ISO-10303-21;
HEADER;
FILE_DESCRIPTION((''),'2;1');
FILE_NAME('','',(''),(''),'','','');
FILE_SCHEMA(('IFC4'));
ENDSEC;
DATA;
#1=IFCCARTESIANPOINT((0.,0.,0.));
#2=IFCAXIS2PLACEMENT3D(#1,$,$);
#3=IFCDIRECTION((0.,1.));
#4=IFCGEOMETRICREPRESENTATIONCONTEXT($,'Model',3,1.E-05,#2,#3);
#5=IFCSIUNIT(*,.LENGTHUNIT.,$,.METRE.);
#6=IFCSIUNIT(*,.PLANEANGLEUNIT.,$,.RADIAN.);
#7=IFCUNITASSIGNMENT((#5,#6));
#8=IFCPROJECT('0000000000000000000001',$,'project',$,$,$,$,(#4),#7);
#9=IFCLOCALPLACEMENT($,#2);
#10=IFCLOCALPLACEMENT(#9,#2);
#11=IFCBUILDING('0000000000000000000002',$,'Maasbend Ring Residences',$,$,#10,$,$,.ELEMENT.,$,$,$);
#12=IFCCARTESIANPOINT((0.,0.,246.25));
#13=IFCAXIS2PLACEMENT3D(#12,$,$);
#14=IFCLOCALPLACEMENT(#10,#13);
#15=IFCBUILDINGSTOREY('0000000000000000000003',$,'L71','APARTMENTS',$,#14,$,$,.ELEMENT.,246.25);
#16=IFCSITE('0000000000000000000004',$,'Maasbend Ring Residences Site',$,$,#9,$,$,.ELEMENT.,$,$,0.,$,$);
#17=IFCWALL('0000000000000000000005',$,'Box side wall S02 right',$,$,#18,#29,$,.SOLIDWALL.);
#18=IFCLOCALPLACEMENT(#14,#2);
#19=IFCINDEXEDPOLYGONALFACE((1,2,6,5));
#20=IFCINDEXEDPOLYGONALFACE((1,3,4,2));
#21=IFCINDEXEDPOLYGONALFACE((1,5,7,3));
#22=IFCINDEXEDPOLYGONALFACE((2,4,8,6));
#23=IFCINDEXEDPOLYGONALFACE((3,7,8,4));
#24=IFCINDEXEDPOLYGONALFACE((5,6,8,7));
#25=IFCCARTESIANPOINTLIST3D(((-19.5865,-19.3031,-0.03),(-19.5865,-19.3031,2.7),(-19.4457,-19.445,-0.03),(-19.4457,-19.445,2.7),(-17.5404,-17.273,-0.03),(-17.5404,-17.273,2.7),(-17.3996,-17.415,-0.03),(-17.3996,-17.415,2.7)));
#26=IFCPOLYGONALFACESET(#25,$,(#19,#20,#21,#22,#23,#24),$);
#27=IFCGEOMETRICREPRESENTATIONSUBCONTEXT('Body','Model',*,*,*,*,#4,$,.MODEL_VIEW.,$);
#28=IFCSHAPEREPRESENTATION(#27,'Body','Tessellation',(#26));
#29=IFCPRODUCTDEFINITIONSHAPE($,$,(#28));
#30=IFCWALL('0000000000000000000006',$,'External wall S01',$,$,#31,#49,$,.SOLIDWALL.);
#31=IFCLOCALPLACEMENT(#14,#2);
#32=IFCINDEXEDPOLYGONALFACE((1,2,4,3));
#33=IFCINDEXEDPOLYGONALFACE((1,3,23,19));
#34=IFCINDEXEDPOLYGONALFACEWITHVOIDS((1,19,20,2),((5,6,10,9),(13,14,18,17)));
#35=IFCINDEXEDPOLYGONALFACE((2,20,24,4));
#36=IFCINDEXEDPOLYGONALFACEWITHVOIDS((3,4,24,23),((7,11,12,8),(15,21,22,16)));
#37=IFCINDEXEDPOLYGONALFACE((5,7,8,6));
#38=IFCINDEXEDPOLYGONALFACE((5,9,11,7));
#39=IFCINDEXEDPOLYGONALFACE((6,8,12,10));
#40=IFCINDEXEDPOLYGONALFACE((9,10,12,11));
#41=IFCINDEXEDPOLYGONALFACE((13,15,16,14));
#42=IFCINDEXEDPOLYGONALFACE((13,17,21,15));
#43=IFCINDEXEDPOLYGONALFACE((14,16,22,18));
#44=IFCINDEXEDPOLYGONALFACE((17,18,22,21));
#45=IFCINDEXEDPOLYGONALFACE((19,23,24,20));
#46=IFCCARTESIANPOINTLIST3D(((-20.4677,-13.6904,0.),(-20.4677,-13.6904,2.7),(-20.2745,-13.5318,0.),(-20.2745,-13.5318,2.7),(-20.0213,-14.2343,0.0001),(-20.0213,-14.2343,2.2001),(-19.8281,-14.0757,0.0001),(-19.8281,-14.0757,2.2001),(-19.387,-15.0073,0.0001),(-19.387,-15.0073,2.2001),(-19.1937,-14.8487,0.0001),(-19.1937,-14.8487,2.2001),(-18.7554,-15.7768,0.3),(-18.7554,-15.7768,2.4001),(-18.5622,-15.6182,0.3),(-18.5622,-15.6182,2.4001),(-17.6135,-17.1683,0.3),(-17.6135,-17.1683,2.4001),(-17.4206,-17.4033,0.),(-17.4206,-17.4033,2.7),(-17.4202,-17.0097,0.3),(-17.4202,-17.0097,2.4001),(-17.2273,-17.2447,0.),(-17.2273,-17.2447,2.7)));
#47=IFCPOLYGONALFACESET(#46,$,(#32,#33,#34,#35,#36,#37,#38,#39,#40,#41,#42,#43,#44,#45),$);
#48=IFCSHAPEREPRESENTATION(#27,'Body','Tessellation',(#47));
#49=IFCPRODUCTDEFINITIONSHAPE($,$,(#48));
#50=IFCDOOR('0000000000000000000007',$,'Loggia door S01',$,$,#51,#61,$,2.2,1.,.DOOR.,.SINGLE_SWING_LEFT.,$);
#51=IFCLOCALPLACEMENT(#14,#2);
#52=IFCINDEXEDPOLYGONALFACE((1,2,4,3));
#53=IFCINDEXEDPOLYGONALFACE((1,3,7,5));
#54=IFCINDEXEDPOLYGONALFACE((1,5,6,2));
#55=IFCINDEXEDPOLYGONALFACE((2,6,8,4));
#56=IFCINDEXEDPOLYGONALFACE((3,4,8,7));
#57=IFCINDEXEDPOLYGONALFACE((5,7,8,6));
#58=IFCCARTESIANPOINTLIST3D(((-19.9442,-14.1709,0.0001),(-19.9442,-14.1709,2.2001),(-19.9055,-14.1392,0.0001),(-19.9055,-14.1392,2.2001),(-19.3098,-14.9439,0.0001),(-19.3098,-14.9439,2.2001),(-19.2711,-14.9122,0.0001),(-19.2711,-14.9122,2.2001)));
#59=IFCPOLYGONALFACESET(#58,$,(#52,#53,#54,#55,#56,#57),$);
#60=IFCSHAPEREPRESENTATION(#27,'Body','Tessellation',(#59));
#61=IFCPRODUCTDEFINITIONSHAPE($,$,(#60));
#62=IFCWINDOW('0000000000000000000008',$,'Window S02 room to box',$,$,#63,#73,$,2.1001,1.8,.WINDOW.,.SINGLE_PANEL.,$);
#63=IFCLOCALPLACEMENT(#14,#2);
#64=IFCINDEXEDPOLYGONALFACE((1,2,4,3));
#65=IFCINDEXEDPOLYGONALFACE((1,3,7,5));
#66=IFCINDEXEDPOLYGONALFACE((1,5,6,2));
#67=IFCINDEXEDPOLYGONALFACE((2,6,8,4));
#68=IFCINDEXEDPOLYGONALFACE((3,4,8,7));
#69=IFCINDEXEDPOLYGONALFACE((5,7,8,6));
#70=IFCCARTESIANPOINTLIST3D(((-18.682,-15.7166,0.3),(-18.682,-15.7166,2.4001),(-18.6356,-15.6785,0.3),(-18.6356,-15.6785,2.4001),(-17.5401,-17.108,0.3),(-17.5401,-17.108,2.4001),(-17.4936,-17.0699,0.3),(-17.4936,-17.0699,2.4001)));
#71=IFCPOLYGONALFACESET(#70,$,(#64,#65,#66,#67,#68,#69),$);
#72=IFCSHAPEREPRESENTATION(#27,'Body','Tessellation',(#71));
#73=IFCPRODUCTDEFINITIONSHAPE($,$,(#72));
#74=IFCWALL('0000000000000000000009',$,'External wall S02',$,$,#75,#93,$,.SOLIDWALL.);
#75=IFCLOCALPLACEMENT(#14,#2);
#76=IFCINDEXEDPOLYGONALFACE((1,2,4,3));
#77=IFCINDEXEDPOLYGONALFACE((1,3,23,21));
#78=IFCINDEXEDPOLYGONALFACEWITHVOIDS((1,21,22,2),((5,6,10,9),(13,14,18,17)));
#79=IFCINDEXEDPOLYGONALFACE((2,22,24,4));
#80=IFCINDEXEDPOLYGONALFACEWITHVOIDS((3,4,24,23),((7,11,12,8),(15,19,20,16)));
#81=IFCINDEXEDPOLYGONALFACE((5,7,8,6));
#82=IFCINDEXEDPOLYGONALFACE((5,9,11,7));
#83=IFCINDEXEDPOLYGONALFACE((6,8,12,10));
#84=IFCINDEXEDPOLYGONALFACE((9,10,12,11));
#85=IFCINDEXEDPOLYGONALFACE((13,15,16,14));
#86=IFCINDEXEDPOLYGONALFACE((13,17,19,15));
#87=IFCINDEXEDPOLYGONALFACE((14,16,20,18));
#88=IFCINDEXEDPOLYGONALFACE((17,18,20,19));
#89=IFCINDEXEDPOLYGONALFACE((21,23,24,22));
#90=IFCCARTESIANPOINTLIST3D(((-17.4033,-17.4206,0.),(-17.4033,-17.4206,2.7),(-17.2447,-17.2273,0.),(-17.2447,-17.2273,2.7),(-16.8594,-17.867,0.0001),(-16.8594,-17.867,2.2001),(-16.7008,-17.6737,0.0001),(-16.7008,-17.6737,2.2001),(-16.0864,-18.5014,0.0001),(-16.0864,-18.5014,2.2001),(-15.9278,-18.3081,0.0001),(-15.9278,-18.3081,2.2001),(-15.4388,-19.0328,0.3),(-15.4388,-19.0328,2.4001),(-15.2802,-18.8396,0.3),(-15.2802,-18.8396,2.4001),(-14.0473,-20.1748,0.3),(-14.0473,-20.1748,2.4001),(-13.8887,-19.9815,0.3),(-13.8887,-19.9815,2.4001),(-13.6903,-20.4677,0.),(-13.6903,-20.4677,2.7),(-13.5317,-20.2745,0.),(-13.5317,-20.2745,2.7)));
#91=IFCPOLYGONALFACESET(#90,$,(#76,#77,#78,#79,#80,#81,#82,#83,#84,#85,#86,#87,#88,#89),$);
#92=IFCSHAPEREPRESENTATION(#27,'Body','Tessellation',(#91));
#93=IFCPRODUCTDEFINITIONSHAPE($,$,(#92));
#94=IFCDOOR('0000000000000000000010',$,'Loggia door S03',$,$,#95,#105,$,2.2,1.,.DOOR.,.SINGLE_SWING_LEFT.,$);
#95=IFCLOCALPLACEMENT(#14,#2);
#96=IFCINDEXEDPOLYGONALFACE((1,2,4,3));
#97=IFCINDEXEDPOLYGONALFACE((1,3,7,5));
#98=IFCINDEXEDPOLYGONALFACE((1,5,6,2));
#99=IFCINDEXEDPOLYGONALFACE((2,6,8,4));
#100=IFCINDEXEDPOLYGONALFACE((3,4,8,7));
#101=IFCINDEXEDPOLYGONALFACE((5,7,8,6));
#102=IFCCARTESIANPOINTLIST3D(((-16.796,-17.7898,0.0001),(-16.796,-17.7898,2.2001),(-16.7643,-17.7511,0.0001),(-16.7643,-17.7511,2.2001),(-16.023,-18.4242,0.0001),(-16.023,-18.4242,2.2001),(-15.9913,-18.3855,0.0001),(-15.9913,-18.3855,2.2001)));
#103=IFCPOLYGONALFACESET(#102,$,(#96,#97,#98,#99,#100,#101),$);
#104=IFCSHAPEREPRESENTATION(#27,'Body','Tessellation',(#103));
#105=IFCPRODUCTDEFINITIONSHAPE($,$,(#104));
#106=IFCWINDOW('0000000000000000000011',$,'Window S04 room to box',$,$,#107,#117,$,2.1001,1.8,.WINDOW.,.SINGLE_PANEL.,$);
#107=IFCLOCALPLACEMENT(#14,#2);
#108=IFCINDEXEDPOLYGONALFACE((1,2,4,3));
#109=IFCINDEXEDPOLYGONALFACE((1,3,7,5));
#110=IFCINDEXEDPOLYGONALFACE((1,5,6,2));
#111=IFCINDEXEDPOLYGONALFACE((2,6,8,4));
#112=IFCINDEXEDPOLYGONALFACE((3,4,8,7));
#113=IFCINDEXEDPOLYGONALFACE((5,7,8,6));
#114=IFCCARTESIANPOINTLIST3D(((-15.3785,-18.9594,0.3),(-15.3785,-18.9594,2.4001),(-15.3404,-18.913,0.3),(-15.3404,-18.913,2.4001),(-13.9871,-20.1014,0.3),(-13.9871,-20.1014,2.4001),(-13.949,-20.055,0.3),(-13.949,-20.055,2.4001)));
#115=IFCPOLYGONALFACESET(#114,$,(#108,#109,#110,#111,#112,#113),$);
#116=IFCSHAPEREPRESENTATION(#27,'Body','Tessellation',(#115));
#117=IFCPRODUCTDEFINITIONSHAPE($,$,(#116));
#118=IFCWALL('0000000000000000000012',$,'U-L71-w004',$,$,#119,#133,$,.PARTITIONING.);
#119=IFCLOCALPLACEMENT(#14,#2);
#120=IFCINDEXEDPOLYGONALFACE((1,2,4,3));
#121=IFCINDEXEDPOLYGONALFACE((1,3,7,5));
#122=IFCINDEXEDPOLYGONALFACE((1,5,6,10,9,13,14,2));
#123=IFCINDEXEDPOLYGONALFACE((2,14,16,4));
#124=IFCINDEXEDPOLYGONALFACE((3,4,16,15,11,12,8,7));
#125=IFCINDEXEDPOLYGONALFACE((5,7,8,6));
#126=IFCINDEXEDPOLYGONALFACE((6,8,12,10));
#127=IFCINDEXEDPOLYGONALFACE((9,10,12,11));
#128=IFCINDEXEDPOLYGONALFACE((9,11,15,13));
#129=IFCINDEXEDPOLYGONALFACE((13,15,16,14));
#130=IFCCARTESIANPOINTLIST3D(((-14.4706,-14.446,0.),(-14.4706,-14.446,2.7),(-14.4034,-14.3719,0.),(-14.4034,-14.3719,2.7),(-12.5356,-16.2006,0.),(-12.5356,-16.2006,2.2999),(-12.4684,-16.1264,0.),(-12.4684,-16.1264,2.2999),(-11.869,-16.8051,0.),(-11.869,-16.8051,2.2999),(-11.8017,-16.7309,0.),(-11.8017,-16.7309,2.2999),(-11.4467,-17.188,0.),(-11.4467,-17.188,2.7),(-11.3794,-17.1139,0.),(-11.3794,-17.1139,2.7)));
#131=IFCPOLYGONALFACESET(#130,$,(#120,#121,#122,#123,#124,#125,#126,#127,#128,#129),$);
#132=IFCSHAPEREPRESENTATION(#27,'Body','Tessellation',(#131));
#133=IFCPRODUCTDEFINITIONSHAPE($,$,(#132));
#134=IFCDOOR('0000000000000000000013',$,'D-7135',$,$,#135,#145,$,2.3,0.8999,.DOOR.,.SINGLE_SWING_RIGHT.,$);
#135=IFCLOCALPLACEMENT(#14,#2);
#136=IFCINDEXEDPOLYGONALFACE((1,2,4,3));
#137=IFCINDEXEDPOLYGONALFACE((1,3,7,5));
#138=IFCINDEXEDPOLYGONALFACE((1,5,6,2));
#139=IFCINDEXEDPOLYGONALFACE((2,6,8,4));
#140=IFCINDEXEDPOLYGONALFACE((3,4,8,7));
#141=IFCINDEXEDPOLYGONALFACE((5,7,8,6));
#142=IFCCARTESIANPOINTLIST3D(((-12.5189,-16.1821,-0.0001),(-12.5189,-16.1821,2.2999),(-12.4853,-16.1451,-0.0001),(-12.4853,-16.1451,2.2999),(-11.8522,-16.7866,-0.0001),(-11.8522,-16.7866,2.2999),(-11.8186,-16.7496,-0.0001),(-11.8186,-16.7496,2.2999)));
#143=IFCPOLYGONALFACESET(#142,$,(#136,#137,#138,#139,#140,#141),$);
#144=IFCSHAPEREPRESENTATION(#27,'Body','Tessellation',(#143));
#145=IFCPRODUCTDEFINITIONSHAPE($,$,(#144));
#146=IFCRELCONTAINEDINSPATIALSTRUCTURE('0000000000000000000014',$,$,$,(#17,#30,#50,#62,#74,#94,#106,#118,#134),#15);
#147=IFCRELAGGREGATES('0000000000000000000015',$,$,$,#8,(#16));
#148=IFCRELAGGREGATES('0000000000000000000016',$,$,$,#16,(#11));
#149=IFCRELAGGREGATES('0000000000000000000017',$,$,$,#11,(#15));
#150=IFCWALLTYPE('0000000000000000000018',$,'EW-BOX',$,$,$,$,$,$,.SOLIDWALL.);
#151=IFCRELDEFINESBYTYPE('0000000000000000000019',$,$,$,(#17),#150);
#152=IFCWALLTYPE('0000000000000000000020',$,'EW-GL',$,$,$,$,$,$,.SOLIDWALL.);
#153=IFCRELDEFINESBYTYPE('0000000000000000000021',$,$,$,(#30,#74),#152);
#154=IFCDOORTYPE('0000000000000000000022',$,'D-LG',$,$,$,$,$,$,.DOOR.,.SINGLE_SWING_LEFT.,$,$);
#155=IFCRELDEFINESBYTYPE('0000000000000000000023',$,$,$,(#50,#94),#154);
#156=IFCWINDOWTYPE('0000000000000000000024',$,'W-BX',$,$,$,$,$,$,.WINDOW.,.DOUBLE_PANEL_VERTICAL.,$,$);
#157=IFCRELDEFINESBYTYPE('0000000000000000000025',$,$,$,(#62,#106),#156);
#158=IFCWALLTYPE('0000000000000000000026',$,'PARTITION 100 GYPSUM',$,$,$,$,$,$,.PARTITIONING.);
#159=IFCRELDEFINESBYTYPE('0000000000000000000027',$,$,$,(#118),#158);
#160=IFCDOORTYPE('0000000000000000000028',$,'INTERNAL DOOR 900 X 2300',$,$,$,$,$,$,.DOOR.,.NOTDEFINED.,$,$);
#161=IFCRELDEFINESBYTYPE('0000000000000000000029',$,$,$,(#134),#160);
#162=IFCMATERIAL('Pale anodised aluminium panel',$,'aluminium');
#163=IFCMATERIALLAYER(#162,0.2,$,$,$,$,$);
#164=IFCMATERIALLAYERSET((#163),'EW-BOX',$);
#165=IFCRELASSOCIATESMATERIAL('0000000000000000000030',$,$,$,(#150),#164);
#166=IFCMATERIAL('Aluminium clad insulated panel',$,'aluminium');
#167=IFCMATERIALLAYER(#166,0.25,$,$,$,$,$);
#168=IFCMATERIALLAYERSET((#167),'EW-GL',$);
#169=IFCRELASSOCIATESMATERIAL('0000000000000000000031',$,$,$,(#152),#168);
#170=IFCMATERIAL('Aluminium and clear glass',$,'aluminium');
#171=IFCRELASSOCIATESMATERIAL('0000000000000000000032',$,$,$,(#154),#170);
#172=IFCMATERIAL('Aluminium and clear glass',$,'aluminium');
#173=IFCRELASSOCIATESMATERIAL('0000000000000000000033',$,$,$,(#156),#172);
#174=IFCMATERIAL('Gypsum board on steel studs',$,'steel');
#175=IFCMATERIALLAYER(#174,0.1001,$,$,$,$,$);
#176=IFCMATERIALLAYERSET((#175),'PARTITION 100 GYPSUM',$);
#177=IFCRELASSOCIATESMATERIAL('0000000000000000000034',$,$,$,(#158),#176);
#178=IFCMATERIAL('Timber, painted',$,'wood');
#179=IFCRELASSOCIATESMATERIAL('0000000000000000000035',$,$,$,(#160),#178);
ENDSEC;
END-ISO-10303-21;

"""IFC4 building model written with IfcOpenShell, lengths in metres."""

from ifc_helpers import new_model, si_unit, direction, frame, frame_2d, origin, place, context, subcontext, project, spatial, rectangle, extrude, material, layer, layer_set, type_object, element, fill, save


model = new_model("IFC4")

# Units and contexts
model_context = context("Model", 3, precision=1e-05, world=origin(), true_north=direction((0.0, 1.0)))
body_context = subcontext(model_context, "Body", "Model", "MODEL_VIEW")
ifc_project = project(units=[si_unit("LENGTHUNIT", "METRE"), si_unit("PLANEANGLEUNIT", "RADIAN")], contexts=[model_context])

# Site, building, storey
site_placement = place(None, origin())
site = spatial("IfcSite", under=ifc_project, at=site_placement, Name="Maasbend Ring Residences Site", CompositionType="ELEMENT", RefElevation=0.0)
building_placement = place(site_placement, origin())
building = spatial("IfcBuilding", under=site, at=building_placement, Name="Maasbend Ring Residences", CompositionType="ELEMENT")
storey_placement = place(building_placement, frame((0.0, 0.0, 246.25)))
storey = spatial("IfcBuildingStorey", under=building, at=storey_placement, Name="L71", Description="APARTMENTS", CompositionType="ELEMENT", Elevation=246.25)

# Shared definitions
ifc_material_1 = material(Name="Pale anodised aluminium panel", Category="aluminium")
ifc_layer_1 = layer(ifc_material_1, 0.2)
ifc_layer_set_1 = layer_set([ifc_layer_1], Name="EW-BOX")
wall_type_1 = type_object("IfcWallType", Name="EW-BOX", PredefinedType="SOLIDWALL", material=ifc_layer_set_1)

# Wall
wall_1_placement = place(storey_placement, frame((-17.47, -17.344, -0.03), z_axis=(0.0, 0.0, 1.0), x_axis=(-0.709896, -0.704306, 0.0)))
element("IfcWall", 1, at=wall_1_placement, inside=storey, type_object=wall_type_1, Name="Box side wall S02 right", PredefinedType="SOLIDWALL", context=body_context, shape_type="SweptSolid", body=[
    extrude(rectangle(XDim=2.8823, YDim=0.2, at=frame_2d((1.4412, 0.0))), origin(), (0.0, 0.0, 1.0), 2.73),
])

# Walls, openings, doors, windows
ifc_material_2 = material(Name="Aluminium clad insulated panel", Category="aluminium")
ifc_layer_2 = layer(ifc_material_2, 0.25)
ifc_layer_set_2 = layer_set([ifc_layer_2], Name="EW-GL")
wall_type_2 = type_object("IfcWallType", Name="EW-GL", PredefinedType="SOLIDWALL", material=ifc_layer_set_2)
wall_2_placement = place(storey_placement, frame((-20.3711, -13.6111, 0.0), z_axis=(0.0, 0.0, 1.0), x_axis=(0.634397, -0.773008, 0.0)))
wall_2 = element("IfcWall", 2, at=wall_2_placement, inside=storey, type_object=wall_type_2, Name="External wall S01", PredefinedType="SOLIDWALL", context=body_context, shape_type="SweptSolid", body=[
    extrude(rectangle(XDim=4.8032, YDim=0.25, at=frame_2d((2.4016, 0.0))), origin(), (0.0, 0.0, 1.0), 2.7),
])
opening_1_placement = place(wall_2_placement, frame((0.7036, 0.0, 0.0)))
opening_1 = element("IfcOpeningElement", 3, at=opening_1_placement, cuts=wall_2, PredefinedType="OPENING", context=body_context, shape_type="SweptSolid", body=[
    extrude(rectangle(XDim=1.0, YDim=2.2, at=frame_2d((0.5, 1.1001))), frame((0.0, 0.135, 0.0), z_axis=(0.0, -1.0, 0.0), x_axis=(1.0, 0.0, 0.0)), (0.0, 0.0, 1.0), 0.27),
])
opening_2_placement = place(wall_2_placement, frame((2.6992, 0.0, 0.3)))
opening_2 = element("IfcOpeningElement", 4, at=opening_2_placement, cuts=wall_2, PredefinedType="OPENING", context=body_context, shape_type="SweptSolid", body=[
    extrude(rectangle(XDim=1.8, YDim=2.1001, at=frame_2d((0.8999, 1.05))), frame((0.0, 0.135, 0.0), z_axis=(0.0, -1.0, 0.0), x_axis=(1.0, 0.0, 0.0)), (0.0, 0.0, 1.0), 0.27),
])
ifc_material_3 = material(Name="Aluminium and clear glass", Category="aluminium")
door_type_1 = type_object("IfcDoorType", Name="D-LG", OperationType="SINGLE_SWING_LEFT", PredefinedType="DOOR", material=ifc_material_3)
door_1_placement = place(opening_1_placement, origin())
door_1 = element("IfcDoor", 5, at=door_1_placement, inside=storey, type_object=door_type_1, Name="Loggia door S01", OperationType="SINGLE_SWING_LEFT", OverallHeight=2.2, OverallWidth=1.0, PredefinedType="DOOR", context=body_context, shape_type="SweptSolid", body=[
    extrude(rectangle(XDim=1.0, YDim=2.2, at=frame_2d((0.5, 1.1001))), frame((0.0, 0.0249, 0.0), z_axis=(0.0, -1.0, 0.0), x_axis=(1.0, 0.0, 0.0)), (0.0, 0.0, 1.0), 0.05),
])
fill(opening_1, door_1)
ifc_material_4 = material(Name="Aluminium and clear glass", Category="aluminium")
window_type_1 = type_object("IfcWindowType", Name="W-BX", PartitioningType="DOUBLE_PANEL_VERTICAL", PredefinedType="WINDOW", material=ifc_material_4)
window_1_placement = place(opening_2_placement, origin())
window_1 = element("IfcWindow", 6, at=window_1_placement, inside=storey, type_object=window_type_1, Name="Window S02 room to box", OverallHeight=2.1001, OverallWidth=1.8, PartitioningType="SINGLE_PANEL", PredefinedType="WINDOW", context=body_context, shape_type="SweptSolid", body=[
    extrude(rectangle(XDim=1.8, YDim=2.1001, at=frame_2d((0.8999, 1.05))), frame((0.0, 0.03, 0.0), z_axis=(0.0, -1.0, 0.0), x_axis=(1.0, 0.0, 0.0)), (0.0, 0.0, 1.0), 0.0601),
])
fill(opening_2, window_1)
wall_3_placement = place(storey_placement, frame((-17.324, -17.324, 0.0), z_axis=(0.0, 0.0, 1.0), x_axis=(0.773008, -0.634397, 0.0)))
wall_3 = element("IfcWall", 7, at=wall_3_placement, inside=storey, type_object=wall_type_2, Name="External wall S02", PredefinedType="SOLIDWALL", context=body_context, shape_type="SweptSolid", body=[
    extrude(rectangle(XDim=4.8032, YDim=0.25, at=frame_2d((2.4016, 0.0))), origin(), (0.0, 0.0, 1.0), 2.7),
])
opening_3_placement = place(wall_3_placement, frame((0.7036, 0.0, 0.0)))
opening_3 = element("IfcOpeningElement", 8, at=opening_3_placement, cuts=wall_3, PredefinedType="OPENING", context=body_context, shape_type="SweptSolid", body=[
    extrude(rectangle(XDim=1.0, YDim=2.2, at=frame_2d((0.5, 1.1001))), frame((0.0, 0.135, 0.0), z_axis=(0.0, -1.0, 0.0), x_axis=(1.0, 0.0, 0.0)), (0.0, 0.0, 1.0), 0.27),
])
opening_4_placement = place(wall_3_placement, frame((2.5415, 0.0, 0.3)))
opening_4 = element("IfcOpeningElement", 9, at=opening_4_placement, cuts=wall_3, PredefinedType="OPENING", context=body_context, shape_type="SweptSolid", body=[
    extrude(rectangle(XDim=1.8, YDim=2.1001, at=frame_2d((0.8999, 1.05))), frame((0.0, 0.135, 0.0), z_axis=(0.0, -1.0, 0.0), x_axis=(1.0, 0.0, 0.0)), (0.0, 0.0, 1.0), 0.27),
])
door_2_placement = place(opening_3_placement, origin())
door_2 = element("IfcDoor", 10, at=door_2_placement, inside=storey, type_object=door_type_1, Name="Loggia door S03", OperationType="SINGLE_SWING_LEFT", OverallHeight=2.2, OverallWidth=1.0, PredefinedType="DOOR", context=body_context, shape_type="SweptSolid", body=[
    extrude(rectangle(XDim=1.0, YDim=2.2, at=frame_2d((0.5, 1.1001))), frame((0.0, 0.0249, 0.0), z_axis=(0.0, -1.0, 0.0), x_axis=(1.0, 0.0, 0.0)), (0.0, 0.0, 1.0), 0.05),
])
fill(opening_3, door_2)
window_2_placement = place(opening_4_placement, origin())
window_2 = element("IfcWindow", 11, at=window_2_placement, inside=storey, type_object=window_type_1, Name="Window S04 room to box", OverallHeight=2.1001, OverallWidth=1.8, PartitioningType="SINGLE_PANEL", PredefinedType="WINDOW", context=body_context, shape_type="SweptSolid", body=[
    extrude(rectangle(XDim=1.8, YDim=2.1001, at=frame_2d((0.8999, 1.05))), frame((0.0, 0.03, 0.0), z_axis=(0.0, -1.0, 0.0), x_axis=(1.0, 0.0, 0.0)), (0.0, 0.0, 1.0), 0.0601),
])
fill(opening_4, window_2)

# Wall, opening, door
ifc_material_5 = material(Name="Gypsum board on steel studs", Category="steel")
ifc_layer_3 = layer(ifc_material_5, 0.1001)
ifc_layer_set_3 = layer_set([ifc_layer_3], Name="PARTITION 100 GYPSUM")
wall_type_3 = type_object("IfcWallType", Name="PARTITION 100 GYPSUM", PredefinedType="PARTITIONING", material=ifc_layer_set_3)
wall_4_placement = place(storey_placement, frame((-14.437, -14.4089, 0.0), z_axis=(0.0, 0.0, 1.0), x_axis=(0.740803, -0.671723, 0.0)))
wall_4 = element("IfcWall", 12, at=wall_4_placement, inside=storey, type_object=wall_type_3, Name="U-L71-w004", PredefinedType="PARTITIONING", context=body_context, shape_type="SweptSolid", body=[
    extrude(rectangle(XDim=4.082, YDim=0.1001, at=frame_2d((2.041, 0.0))), origin(), (0.0, 0.0, 1.0), 2.7),
])
opening_5_placement = place(wall_4_placement, frame((2.6121, 0.0, 0.0)))
opening_5 = element("IfcOpeningElement", 13, at=opening_5_placement, cuts=wall_4, PredefinedType="OPENING", context=body_context, shape_type="SweptSolid", body=[
    extrude(rectangle(XDim=0.8999, YDim=2.3, at=frame_2d((0.45, 1.1499))), frame((0.0, 0.0601, 0.0), z_axis=(0.0, -1.0, 0.0), x_axis=(1.0, 0.0, 0.0)), (0.0, 0.0, 1.0), 0.1201),
])
ifc_material_6 = material(Name="Timber, painted", Category="wood")
door_type_2 = type_object("IfcDoorType", Name="INTERNAL DOOR 900 X 2300", OperationType="NOTDEFINED", PredefinedType="DOOR", material=ifc_material_6)
door_3_placement = place(opening_5_placement, origin())
door_3 = element("IfcDoor", 14, at=door_3_placement, inside=storey, type_object=door_type_2, Name="D-7135", OperationType="SINGLE_SWING_RIGHT", OverallHeight=2.3, OverallWidth=0.8999, PredefinedType="DOOR", context=body_context, shape_type="SweptSolid", body=[
    extrude(rectangle(XDim=0.8999, YDim=2.3, at=frame_2d((0.45, 1.1499))), frame((0.0, 0.0249, 0.0), z_axis=(0.0, -1.0, 0.0), x_axis=(1.0, 0.0, 0.0)), (0.0, 0.0, 1.0), 0.05),
])
fill(opening_5, door_3)

save(model, "model.ifc")
